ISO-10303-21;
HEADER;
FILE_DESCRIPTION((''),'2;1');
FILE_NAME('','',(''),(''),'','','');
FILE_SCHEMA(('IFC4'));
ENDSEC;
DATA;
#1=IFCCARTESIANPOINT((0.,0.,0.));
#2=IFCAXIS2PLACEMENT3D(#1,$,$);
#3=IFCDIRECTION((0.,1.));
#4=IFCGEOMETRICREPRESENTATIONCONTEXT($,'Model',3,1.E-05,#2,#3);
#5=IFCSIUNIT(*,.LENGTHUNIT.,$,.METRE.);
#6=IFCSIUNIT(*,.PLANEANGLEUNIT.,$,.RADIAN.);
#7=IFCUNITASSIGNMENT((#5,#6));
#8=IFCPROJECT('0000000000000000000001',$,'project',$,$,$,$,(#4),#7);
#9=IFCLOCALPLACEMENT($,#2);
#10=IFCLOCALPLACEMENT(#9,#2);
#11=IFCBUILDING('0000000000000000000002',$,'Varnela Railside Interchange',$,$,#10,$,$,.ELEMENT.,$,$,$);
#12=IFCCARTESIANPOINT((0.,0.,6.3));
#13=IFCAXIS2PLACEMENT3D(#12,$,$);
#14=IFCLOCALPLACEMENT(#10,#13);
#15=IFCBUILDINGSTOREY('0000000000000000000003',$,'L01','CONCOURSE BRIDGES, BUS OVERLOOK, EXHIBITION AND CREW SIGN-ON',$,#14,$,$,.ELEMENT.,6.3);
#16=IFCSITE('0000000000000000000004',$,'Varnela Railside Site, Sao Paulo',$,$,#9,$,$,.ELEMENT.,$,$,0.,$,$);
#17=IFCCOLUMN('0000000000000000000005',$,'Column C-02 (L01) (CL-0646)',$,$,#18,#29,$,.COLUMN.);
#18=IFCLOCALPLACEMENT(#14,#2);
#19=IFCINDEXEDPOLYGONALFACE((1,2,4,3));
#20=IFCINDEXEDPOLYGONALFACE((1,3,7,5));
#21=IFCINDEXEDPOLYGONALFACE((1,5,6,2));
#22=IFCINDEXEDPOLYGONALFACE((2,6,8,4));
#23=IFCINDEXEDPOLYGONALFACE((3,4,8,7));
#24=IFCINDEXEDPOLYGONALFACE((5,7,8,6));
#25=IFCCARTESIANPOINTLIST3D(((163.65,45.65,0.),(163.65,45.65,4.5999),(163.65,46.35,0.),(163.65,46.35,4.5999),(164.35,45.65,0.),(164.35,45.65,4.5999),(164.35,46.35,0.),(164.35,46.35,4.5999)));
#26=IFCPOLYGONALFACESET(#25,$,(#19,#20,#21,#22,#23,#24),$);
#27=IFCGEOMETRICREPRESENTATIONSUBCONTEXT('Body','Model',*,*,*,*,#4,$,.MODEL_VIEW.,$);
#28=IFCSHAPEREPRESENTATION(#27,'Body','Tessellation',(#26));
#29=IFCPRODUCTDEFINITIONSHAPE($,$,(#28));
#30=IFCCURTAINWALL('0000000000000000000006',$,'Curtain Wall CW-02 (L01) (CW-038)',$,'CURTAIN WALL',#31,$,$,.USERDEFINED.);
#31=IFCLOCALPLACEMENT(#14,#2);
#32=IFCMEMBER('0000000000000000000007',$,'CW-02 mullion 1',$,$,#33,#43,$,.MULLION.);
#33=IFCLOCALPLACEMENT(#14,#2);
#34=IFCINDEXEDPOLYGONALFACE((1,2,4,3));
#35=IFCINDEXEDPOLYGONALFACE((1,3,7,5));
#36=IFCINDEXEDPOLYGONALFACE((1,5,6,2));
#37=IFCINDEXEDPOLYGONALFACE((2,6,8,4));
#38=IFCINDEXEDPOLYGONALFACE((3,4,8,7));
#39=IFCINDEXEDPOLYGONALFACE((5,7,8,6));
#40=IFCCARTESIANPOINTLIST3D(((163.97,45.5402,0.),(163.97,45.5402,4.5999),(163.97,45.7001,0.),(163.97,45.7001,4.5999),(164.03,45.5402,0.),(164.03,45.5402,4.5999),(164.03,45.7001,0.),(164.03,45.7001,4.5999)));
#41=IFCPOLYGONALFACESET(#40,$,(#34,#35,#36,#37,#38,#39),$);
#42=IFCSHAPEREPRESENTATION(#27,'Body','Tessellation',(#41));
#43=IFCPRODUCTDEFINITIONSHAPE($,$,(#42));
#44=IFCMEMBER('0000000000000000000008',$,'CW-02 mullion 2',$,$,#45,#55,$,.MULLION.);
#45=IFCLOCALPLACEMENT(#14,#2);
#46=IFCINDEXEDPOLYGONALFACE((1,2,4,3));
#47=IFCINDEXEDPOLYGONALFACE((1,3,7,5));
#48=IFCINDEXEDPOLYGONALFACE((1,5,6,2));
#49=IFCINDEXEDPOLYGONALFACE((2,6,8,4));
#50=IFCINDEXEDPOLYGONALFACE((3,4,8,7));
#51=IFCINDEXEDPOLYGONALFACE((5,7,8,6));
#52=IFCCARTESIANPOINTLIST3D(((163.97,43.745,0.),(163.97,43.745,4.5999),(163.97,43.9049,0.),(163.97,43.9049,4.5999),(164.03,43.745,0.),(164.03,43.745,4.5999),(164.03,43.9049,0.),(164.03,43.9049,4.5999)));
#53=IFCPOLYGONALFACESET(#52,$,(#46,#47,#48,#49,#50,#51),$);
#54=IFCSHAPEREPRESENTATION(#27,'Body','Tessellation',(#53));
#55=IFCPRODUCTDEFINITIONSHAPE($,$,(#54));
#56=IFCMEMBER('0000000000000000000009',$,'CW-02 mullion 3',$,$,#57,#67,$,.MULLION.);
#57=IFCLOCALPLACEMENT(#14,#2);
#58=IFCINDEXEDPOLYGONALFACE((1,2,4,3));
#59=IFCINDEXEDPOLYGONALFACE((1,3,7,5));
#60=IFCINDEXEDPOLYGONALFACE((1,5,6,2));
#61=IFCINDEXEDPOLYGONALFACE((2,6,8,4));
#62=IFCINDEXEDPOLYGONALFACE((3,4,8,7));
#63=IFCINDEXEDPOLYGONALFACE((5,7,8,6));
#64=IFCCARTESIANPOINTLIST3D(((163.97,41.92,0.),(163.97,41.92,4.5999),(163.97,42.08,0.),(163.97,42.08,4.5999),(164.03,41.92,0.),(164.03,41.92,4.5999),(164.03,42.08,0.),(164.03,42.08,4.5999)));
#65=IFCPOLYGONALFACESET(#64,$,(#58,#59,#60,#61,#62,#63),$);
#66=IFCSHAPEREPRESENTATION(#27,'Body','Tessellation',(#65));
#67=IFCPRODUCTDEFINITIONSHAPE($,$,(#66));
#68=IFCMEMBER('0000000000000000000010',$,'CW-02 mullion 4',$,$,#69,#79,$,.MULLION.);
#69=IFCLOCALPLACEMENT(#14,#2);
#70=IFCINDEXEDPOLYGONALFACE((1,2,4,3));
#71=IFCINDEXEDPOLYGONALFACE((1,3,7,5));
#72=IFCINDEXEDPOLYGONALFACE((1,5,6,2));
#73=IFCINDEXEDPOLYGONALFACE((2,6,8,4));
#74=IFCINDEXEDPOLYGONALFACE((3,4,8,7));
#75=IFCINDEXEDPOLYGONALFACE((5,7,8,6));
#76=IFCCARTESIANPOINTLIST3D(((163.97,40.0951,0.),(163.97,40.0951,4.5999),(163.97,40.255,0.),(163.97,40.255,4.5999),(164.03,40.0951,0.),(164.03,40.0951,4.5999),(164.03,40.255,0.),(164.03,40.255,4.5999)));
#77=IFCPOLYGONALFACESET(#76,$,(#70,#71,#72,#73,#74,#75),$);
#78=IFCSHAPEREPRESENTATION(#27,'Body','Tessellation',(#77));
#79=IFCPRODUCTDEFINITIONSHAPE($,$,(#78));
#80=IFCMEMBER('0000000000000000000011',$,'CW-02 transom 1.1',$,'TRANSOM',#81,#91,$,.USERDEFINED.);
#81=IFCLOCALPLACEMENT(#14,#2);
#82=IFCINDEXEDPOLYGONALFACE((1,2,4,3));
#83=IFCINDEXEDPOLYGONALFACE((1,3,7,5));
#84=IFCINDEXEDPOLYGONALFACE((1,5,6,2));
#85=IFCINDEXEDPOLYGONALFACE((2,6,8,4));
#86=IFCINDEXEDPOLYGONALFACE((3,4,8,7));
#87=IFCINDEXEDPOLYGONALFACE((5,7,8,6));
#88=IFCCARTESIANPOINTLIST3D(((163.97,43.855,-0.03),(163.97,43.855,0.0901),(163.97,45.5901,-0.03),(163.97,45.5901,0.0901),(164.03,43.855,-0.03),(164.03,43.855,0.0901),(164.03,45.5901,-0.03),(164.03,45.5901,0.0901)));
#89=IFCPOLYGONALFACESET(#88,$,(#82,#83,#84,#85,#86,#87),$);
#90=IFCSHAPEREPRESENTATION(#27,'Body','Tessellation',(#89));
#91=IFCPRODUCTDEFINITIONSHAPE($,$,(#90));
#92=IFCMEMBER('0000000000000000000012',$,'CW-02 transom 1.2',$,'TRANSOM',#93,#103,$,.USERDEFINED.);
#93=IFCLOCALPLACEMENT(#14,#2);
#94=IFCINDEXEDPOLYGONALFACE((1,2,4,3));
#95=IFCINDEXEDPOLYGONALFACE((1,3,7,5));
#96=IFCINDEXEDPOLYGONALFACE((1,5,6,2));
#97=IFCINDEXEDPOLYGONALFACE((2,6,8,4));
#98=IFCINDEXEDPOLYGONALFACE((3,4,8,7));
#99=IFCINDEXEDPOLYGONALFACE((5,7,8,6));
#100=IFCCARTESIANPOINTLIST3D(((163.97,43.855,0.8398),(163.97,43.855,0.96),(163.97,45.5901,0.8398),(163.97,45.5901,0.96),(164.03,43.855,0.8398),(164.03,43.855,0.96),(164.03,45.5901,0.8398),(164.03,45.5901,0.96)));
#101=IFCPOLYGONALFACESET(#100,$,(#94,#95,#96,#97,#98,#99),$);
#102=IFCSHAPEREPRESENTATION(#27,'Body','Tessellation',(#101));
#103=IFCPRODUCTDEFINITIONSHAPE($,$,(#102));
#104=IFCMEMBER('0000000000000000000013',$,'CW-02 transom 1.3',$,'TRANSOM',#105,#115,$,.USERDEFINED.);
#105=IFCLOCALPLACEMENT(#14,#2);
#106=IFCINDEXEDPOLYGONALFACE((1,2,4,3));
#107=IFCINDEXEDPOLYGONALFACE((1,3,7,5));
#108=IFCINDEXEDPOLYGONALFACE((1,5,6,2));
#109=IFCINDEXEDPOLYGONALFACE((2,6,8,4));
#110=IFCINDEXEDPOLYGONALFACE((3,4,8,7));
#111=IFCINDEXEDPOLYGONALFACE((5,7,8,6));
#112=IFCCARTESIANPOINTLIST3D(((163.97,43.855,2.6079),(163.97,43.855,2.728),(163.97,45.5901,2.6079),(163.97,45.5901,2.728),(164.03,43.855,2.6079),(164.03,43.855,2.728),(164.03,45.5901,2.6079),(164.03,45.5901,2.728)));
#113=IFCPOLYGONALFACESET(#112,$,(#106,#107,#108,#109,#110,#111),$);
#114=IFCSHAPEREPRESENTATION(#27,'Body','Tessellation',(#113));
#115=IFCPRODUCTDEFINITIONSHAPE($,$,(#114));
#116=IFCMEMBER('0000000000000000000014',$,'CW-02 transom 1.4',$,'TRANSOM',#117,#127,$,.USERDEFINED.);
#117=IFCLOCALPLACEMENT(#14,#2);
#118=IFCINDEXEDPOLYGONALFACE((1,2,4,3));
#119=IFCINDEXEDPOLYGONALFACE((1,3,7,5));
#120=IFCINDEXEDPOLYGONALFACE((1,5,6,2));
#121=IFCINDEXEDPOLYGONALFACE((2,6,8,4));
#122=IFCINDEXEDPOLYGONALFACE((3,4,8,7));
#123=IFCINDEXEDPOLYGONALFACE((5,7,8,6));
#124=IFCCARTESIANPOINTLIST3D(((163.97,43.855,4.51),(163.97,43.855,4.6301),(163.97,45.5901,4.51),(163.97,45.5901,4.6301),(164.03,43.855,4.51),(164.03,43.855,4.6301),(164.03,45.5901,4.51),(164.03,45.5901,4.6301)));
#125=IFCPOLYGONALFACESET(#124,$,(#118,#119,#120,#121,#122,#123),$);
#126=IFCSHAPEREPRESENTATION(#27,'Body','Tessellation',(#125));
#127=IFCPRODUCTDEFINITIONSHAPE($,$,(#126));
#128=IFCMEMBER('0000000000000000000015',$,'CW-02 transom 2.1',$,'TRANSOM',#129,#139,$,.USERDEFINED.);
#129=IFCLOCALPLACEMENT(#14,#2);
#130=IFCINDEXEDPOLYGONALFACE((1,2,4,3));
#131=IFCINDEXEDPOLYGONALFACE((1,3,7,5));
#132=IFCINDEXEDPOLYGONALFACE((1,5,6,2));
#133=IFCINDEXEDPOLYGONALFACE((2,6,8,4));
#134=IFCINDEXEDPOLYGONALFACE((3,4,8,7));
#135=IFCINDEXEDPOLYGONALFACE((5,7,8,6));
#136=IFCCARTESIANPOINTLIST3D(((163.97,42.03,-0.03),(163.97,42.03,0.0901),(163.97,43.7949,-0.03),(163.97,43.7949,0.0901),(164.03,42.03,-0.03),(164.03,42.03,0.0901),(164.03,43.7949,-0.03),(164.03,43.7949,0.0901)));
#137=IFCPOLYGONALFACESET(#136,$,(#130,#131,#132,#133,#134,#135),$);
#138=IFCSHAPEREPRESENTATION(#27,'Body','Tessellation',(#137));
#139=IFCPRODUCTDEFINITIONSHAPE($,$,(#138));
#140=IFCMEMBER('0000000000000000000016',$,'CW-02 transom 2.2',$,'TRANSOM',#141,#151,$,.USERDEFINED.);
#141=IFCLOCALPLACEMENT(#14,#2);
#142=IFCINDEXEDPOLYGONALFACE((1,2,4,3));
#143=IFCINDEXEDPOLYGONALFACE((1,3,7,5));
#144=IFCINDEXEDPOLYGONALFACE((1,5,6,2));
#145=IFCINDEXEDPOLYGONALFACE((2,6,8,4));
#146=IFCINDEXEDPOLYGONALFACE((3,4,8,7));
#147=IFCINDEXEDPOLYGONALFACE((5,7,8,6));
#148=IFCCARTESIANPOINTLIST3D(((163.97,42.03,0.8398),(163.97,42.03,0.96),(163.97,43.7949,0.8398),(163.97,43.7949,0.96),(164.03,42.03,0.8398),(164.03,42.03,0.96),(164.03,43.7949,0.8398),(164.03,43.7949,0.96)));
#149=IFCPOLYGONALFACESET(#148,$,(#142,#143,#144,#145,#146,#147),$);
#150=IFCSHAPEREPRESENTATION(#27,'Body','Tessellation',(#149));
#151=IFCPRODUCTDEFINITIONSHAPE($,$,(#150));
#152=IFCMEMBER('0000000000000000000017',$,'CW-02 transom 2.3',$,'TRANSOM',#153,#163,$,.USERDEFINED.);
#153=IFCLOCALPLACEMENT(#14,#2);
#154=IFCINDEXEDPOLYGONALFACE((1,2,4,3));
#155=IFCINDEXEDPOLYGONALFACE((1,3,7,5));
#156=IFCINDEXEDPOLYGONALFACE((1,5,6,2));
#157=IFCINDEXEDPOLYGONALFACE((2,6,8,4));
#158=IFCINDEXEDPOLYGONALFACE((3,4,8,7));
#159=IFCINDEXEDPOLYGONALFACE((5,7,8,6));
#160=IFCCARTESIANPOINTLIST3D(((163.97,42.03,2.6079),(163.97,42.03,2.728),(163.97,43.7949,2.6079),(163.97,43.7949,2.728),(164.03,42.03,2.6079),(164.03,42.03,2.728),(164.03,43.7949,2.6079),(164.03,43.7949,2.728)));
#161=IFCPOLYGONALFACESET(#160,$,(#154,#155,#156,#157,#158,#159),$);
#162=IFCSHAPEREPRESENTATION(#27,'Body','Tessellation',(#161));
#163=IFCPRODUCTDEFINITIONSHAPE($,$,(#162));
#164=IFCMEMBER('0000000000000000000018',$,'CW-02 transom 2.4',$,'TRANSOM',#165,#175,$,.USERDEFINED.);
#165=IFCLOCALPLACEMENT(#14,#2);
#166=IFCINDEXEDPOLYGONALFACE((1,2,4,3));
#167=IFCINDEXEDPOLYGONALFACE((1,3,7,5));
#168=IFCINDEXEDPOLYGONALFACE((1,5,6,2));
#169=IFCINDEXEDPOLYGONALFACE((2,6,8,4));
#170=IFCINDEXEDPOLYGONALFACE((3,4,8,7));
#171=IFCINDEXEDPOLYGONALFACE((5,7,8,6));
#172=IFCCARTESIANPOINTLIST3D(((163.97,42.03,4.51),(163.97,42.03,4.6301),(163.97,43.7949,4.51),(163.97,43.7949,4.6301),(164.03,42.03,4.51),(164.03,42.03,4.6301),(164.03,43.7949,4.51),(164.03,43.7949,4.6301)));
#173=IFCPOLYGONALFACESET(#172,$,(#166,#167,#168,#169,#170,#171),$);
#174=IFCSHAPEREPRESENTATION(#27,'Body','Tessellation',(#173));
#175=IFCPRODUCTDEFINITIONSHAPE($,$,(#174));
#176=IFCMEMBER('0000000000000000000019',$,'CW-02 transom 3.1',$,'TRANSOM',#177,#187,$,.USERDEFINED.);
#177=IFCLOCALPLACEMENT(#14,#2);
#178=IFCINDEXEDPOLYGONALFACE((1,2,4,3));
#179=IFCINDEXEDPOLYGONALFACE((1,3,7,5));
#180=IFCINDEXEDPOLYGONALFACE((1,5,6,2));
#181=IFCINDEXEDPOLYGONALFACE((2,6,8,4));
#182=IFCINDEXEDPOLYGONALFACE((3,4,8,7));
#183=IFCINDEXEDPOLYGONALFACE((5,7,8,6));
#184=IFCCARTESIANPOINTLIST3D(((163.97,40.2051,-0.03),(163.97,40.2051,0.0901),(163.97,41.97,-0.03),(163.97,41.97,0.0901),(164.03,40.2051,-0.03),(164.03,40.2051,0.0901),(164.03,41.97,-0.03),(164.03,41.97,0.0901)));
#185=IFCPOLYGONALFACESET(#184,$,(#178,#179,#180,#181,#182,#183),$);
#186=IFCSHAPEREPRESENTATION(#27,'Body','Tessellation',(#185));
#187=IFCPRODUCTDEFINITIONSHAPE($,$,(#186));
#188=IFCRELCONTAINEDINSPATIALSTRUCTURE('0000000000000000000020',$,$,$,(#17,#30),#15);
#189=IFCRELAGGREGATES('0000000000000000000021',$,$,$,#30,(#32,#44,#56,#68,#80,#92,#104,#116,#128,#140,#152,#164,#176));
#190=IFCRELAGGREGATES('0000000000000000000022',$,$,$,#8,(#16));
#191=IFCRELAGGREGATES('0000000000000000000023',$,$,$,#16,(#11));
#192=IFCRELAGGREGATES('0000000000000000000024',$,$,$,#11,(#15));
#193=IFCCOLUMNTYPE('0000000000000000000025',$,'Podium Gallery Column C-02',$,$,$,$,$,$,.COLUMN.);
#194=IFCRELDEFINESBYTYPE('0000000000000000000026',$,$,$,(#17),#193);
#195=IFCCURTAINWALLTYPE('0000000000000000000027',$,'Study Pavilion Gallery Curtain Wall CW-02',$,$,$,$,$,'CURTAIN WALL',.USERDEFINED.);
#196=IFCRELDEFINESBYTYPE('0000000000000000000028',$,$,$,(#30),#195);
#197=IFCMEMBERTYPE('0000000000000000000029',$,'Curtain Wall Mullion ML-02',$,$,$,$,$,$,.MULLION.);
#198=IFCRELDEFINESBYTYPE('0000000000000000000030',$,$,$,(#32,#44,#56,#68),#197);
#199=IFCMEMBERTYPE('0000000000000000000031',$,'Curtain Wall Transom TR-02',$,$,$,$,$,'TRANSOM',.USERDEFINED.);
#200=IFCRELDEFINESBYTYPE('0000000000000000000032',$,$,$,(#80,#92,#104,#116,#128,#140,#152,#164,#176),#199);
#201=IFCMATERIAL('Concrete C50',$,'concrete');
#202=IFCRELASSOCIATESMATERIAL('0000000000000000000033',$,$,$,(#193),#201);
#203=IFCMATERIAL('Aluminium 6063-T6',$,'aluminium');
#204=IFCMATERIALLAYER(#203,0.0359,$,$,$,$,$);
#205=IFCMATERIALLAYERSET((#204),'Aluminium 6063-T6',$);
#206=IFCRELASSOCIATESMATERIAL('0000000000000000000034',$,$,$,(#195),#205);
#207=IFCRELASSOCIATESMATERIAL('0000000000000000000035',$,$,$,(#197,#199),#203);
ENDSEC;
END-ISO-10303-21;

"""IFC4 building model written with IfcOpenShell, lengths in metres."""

from ifc_helpers import new_model, si_unit, direction, frame, origin, origin_2d, place, context, subcontext, project, spatial, rectangle, extrude, material, layer, layer_set, material_profile, profile_set, type_object, element, aggregate, save


model = new_model("IFC4")

# Units and contexts
model_context = context("Model", 3, precision=1e-05, world=origin(), true_north=direction((0.0, 1.0)))
body_context = subcontext(model_context, "Body", "Model", "MODEL_VIEW")
ifc_project = project(units=[si_unit("LENGTHUNIT", "METRE"), si_unit("PLANEANGLEUNIT", "RADIAN")], contexts=[model_context])

# Site, building, storey
site_placement = place(None, origin())
site = spatial("IfcSite", under=ifc_project, at=site_placement, Name="Varnela Railside Site, Sao Paulo", CompositionType="ELEMENT", RefElevation=0.0)
building_placement = place(site_placement, origin())
building = spatial("IfcBuilding", under=site, at=building_placement, Name="Varnela Railside Interchange", CompositionType="ELEMENT")
storey_placement = place(building_placement, frame((0.0, 0.0, 6.3)))
storey = spatial("IfcBuildingStorey", under=building, at=storey_placement, Name="L01", Description="CONCOURSE BRIDGES, BUS OVERLOOK, EXHIBITION AND CREW SIGN-ON", CompositionType="ELEMENT", Elevation=6.3)

# Column
ifc_material_1 = material(Name="Concrete C50", Category="concrete")
ifc_material_profile_1 = material_profile(ifc_material_1, rectangle(XDim=0.7, YDim=0.7, at=origin_2d()), Name="RC 700x700")
ifc_profile_set_1 = profile_set([ifc_material_profile_1], Name="Concrete C50")
column_type = type_object("IfcColumnType", Name="Podium Gallery Column C-02", PredefinedType="COLUMN", material=ifc_profile_set_1)
column_placement = place(storey_placement, frame((164.0, 46.0, 0.0), z_axis=(0.0, 0.0, 1.0), x_axis=(1.0, 0.0, 0.0)))
element("IfcColumn", 1, at=column_placement, inside=storey, type_object=column_type, Name="Column C-02 (L01) (CL-0646)", PredefinedType="COLUMN", context=body_context, shape_type="SweptSolid", body=[
    extrude(rectangle(XDim=0.7, YDim=0.7, at=origin_2d()), origin(), (0.0, 0.0, 1.0), 4.5999),
])

# Curtain wall, members
ifc_material_2 = material(Name="Aluminium 6063-T6", Category="aluminium")
ifc_layer_1 = layer(ifc_material_2, 0.0359)
ifc_layer_set_1 = layer_set([ifc_layer_1], Name="Aluminium 6063-T6")
curtain_wall_type = type_object("IfcCurtainWallType", Name="Study Pavilion Gallery Curtain Wall CW-02", ElementType="CURTAIN WALL", PredefinedType="USERDEFINED", material=ifc_layer_set_1)
curtain_wall_placement = place(storey_placement, origin())
curtain_wall = element("IfcCurtainWall", 2, at=curtain_wall_placement, inside=storey, type_object=curtain_wall_type, Name="Curtain Wall CW-02 (L01) (CW-038)", ObjectType="CURTAIN WALL", PredefinedType="USERDEFINED")
ifc_material_profile_2 = material_profile(ifc_material_2, rectangle(XDim=0.0601, YDim=0.1599, at=origin_2d()), Name="ALU 60x160")
ifc_profile_set_2 = profile_set([ifc_material_profile_2], Name="Aluminium 6063-T6")
member_type_1 = type_object("IfcMemberType", Name="Curtain Wall Mullion ML-02", PredefinedType="MULLION", material=ifc_profile_set_2)
member_1_placement = place(storey_placement, frame((164.0, 45.6201, 0.0), z_axis=(0.0, 0.0, 1.0), x_axis=(1.0, 0.0, 0.0)))
member_1 = element("IfcMember", 3, at=member_1_placement, type_object=member_type_1, Name="CW-02 mullion 1", PredefinedType="MULLION", context=body_context, shape_type="SweptSolid", body=[
    extrude(rectangle(XDim=0.0601, YDim=0.1599, at=origin_2d()), origin(), (0.0, 0.0, 1.0), 4.5999),
])
member_2_placement = place(storey_placement, frame((164.0, 43.825, 0.0), z_axis=(0.0, 0.0, 1.0), x_axis=(1.0, 0.0, 0.0)))
member_2 = element("IfcMember", 4, at=member_2_placement, type_object=member_type_1, Name="CW-02 mullion 2", PredefinedType="MULLION", context=body_context, shape_type="SweptSolid", body=[
    extrude(rectangle(XDim=0.0601, YDim=0.1599, at=origin_2d()), origin(), (0.0, 0.0, 1.0), 4.5999),
])
member_3_placement = place(storey_placement, frame((164.0, 42.0, 0.0), z_axis=(0.0, 0.0, 1.0), x_axis=(1.0, 0.0, 0.0)))
member_3 = element("IfcMember", 5, at=member_3_placement, type_object=member_type_1, Name="CW-02 mullion 3", PredefinedType="MULLION", context=body_context, shape_type="SweptSolid", body=[
    extrude(rectangle(XDim=0.0601, YDim=0.1599, at=origin_2d()), origin(), (0.0, 0.0, 1.0), 4.5999),
])
member_4_placement = place(storey_placement, frame((164.0, 40.175, 0.0), z_axis=(0.0, 0.0, 1.0), x_axis=(1.0, 0.0, 0.0)))
member_4 = element("IfcMember", 6, at=member_4_placement, type_object=member_type_1, Name="CW-02 mullion 4", PredefinedType="MULLION", context=body_context, shape_type="SweptSolid", body=[
    extrude(rectangle(XDim=0.0601, YDim=0.1599, at=origin_2d()), origin(), (0.0, 0.0, 1.0), 4.5999),
])
ifc_material_profile_3 = material_profile(ifc_material_2, rectangle(XDim=0.0601, YDim=0.1201, at=origin_2d()), Name="ALU 60x120")
ifc_profile_set_3 = profile_set([ifc_material_profile_3], Name="Aluminium 6063-T6")
member_type_2 = type_object("IfcMemberType", Name="Curtain Wall Transom TR-02", ElementType="TRANSOM", PredefinedType="USERDEFINED", material=ifc_profile_set_3)
member_5_placement = place(storey_placement, frame((164.0, 45.5901, 0.03), z_axis=(0.0, -1.0, 0.0), x_axis=(1.0, 0.0, 0.0)))
member_5 = element("IfcMember", 7, at=member_5_placement, type_object=member_type_2, Name="CW-02 transom 1.1", ObjectType="TRANSOM", PredefinedType="USERDEFINED", context=body_context, shape_type="SweptSolid", body=[
    extrude(rectangle(XDim=0.0601, YDim=0.1201, at=origin_2d()), origin(), (0.0, 0.0, 1.0), 1.7351),
])
member_6_placement = place(storey_placement, frame((164.0, 45.5901, 0.8999), z_axis=(0.0, -1.0, 0.0), x_axis=(1.0, 0.0, 0.0)))
member_6 = element("IfcMember", 8, at=member_6_placement, type_object=member_type_2, Name="CW-02 transom 1.2", ObjectType="TRANSOM", PredefinedType="USERDEFINED", context=body_context, shape_type="SweptSolid", body=[
    extrude(rectangle(XDim=0.0601, YDim=0.1201, at=origin_2d()), origin(), (0.0, 0.0, 1.0), 1.7351),
])
member_7_placement = place(storey_placement, frame((164.0, 45.5901, 2.668), z_axis=(0.0, -1.0, 0.0), x_axis=(1.0, 0.0, 0.0)))
member_7 = element("IfcMember", 9, at=member_7_placement, type_object=member_type_2, Name="CW-02 transom 1.3", ObjectType="TRANSOM", PredefinedType="USERDEFINED", context=body_context, shape_type="SweptSolid", body=[
    extrude(rectangle(XDim=0.0601, YDim=0.1201, at=origin_2d()), origin(), (0.0, 0.0, 1.0), 1.7351),
])
member_8_placement = place(storey_placement, frame((164.0, 45.5901, 4.5701), z_axis=(0.0, -1.0, 0.0), x_axis=(1.0, 0.0, 0.0)))
member_8 = element("IfcMember", 10, at=member_8_placement, type_object=member_type_2, Name="CW-02 transom 1.4", ObjectType="TRANSOM", PredefinedType="USERDEFINED", context=body_context, shape_type="SweptSolid", body=[
    extrude(rectangle(XDim=0.0601, YDim=0.1201, at=origin_2d()), origin(), (0.0, 0.0, 1.0), 1.7351),
])
member_9_placement = place(storey_placement, frame((164.0, 43.7949, 0.03), z_axis=(0.0, -1.0, 0.0), x_axis=(1.0, 0.0, 0.0)))
member_9 = element("IfcMember", 11, at=member_9_placement, type_object=member_type_2, Name="CW-02 transom 2.1", ObjectType="TRANSOM", PredefinedType="USERDEFINED", context=body_context, shape_type="SweptSolid", body=[
    extrude(rectangle(XDim=0.0601, YDim=0.1201, at=origin_2d()), origin(), (0.0, 0.0, 1.0), 1.7649),
])
member_10_placement = place(storey_placement, frame((164.0, 43.7949, 0.8999), z_axis=(0.0, -1.0, 0.0), x_axis=(1.0, 0.0, 0.0)))
member_10 = element("IfcMember", 12, at=member_10_placement, type_object=member_type_2, Name="CW-02 transom 2.2", ObjectType="TRANSOM", PredefinedType="USERDEFINED", context=body_context, shape_type="SweptSolid", body=[
    extrude(rectangle(XDim=0.0601, YDim=0.1201, at=origin_2d()), origin(), (0.0, 0.0, 1.0), 1.7649),
])
member_11_placement = place(storey_placement, frame((164.0, 43.7949, 2.668), z_axis=(0.0, -1.0, 0.0), x_axis=(1.0, 0.0, 0.0)))
member_11 = element("IfcMember", 13, at=member_11_placement, type_object=member_type_2, Name="CW-02 transom 2.3", ObjectType="TRANSOM", PredefinedType="USERDEFINED", context=body_context, shape_type="SweptSolid", body=[
    extrude(rectangle(XDim=0.0601, YDim=0.1201, at=origin_2d()), origin(), (0.0, 0.0, 1.0), 1.7649),
])
member_12_placement = place(storey_placement, frame((164.0, 43.7949, 4.5701), z_axis=(0.0, -1.0, 0.0), x_axis=(1.0, 0.0, 0.0)))
member_12 = element("IfcMember", 14, at=member_12_placement, type_object=member_type_2, Name="CW-02 transom 2.4", ObjectType="TRANSOM", PredefinedType="USERDEFINED", context=body_context, shape_type="SweptSolid", body=[
    extrude(rectangle(XDim=0.0601, YDim=0.1201, at=origin_2d()), origin(), (0.0, 0.0, 1.0), 1.7649),
])
member_13_placement = place(storey_placement, frame((164.0, 41.97, 0.03), z_axis=(0.0, -1.0, 0.0), x_axis=(1.0, 0.0, 0.0)))
member_13 = element("IfcMember", 15, at=member_13_placement, type_object=member_type_2, Name="CW-02 transom 3.1", ObjectType="TRANSOM", PredefinedType="USERDEFINED", context=body_context, shape_type="SweptSolid", body=[
    extrude(rectangle(XDim=0.0601, YDim=0.1201, at=origin_2d()), origin(), (0.0, 0.0, 1.0), 1.7649),
])
aggregate(curtain_wall, [member_1, member_2, member_3, member_4, member_5, member_6, member_7, member_8, member_9, member_10, member_11, member_12, member_13])

save(model, "model.ifc")
